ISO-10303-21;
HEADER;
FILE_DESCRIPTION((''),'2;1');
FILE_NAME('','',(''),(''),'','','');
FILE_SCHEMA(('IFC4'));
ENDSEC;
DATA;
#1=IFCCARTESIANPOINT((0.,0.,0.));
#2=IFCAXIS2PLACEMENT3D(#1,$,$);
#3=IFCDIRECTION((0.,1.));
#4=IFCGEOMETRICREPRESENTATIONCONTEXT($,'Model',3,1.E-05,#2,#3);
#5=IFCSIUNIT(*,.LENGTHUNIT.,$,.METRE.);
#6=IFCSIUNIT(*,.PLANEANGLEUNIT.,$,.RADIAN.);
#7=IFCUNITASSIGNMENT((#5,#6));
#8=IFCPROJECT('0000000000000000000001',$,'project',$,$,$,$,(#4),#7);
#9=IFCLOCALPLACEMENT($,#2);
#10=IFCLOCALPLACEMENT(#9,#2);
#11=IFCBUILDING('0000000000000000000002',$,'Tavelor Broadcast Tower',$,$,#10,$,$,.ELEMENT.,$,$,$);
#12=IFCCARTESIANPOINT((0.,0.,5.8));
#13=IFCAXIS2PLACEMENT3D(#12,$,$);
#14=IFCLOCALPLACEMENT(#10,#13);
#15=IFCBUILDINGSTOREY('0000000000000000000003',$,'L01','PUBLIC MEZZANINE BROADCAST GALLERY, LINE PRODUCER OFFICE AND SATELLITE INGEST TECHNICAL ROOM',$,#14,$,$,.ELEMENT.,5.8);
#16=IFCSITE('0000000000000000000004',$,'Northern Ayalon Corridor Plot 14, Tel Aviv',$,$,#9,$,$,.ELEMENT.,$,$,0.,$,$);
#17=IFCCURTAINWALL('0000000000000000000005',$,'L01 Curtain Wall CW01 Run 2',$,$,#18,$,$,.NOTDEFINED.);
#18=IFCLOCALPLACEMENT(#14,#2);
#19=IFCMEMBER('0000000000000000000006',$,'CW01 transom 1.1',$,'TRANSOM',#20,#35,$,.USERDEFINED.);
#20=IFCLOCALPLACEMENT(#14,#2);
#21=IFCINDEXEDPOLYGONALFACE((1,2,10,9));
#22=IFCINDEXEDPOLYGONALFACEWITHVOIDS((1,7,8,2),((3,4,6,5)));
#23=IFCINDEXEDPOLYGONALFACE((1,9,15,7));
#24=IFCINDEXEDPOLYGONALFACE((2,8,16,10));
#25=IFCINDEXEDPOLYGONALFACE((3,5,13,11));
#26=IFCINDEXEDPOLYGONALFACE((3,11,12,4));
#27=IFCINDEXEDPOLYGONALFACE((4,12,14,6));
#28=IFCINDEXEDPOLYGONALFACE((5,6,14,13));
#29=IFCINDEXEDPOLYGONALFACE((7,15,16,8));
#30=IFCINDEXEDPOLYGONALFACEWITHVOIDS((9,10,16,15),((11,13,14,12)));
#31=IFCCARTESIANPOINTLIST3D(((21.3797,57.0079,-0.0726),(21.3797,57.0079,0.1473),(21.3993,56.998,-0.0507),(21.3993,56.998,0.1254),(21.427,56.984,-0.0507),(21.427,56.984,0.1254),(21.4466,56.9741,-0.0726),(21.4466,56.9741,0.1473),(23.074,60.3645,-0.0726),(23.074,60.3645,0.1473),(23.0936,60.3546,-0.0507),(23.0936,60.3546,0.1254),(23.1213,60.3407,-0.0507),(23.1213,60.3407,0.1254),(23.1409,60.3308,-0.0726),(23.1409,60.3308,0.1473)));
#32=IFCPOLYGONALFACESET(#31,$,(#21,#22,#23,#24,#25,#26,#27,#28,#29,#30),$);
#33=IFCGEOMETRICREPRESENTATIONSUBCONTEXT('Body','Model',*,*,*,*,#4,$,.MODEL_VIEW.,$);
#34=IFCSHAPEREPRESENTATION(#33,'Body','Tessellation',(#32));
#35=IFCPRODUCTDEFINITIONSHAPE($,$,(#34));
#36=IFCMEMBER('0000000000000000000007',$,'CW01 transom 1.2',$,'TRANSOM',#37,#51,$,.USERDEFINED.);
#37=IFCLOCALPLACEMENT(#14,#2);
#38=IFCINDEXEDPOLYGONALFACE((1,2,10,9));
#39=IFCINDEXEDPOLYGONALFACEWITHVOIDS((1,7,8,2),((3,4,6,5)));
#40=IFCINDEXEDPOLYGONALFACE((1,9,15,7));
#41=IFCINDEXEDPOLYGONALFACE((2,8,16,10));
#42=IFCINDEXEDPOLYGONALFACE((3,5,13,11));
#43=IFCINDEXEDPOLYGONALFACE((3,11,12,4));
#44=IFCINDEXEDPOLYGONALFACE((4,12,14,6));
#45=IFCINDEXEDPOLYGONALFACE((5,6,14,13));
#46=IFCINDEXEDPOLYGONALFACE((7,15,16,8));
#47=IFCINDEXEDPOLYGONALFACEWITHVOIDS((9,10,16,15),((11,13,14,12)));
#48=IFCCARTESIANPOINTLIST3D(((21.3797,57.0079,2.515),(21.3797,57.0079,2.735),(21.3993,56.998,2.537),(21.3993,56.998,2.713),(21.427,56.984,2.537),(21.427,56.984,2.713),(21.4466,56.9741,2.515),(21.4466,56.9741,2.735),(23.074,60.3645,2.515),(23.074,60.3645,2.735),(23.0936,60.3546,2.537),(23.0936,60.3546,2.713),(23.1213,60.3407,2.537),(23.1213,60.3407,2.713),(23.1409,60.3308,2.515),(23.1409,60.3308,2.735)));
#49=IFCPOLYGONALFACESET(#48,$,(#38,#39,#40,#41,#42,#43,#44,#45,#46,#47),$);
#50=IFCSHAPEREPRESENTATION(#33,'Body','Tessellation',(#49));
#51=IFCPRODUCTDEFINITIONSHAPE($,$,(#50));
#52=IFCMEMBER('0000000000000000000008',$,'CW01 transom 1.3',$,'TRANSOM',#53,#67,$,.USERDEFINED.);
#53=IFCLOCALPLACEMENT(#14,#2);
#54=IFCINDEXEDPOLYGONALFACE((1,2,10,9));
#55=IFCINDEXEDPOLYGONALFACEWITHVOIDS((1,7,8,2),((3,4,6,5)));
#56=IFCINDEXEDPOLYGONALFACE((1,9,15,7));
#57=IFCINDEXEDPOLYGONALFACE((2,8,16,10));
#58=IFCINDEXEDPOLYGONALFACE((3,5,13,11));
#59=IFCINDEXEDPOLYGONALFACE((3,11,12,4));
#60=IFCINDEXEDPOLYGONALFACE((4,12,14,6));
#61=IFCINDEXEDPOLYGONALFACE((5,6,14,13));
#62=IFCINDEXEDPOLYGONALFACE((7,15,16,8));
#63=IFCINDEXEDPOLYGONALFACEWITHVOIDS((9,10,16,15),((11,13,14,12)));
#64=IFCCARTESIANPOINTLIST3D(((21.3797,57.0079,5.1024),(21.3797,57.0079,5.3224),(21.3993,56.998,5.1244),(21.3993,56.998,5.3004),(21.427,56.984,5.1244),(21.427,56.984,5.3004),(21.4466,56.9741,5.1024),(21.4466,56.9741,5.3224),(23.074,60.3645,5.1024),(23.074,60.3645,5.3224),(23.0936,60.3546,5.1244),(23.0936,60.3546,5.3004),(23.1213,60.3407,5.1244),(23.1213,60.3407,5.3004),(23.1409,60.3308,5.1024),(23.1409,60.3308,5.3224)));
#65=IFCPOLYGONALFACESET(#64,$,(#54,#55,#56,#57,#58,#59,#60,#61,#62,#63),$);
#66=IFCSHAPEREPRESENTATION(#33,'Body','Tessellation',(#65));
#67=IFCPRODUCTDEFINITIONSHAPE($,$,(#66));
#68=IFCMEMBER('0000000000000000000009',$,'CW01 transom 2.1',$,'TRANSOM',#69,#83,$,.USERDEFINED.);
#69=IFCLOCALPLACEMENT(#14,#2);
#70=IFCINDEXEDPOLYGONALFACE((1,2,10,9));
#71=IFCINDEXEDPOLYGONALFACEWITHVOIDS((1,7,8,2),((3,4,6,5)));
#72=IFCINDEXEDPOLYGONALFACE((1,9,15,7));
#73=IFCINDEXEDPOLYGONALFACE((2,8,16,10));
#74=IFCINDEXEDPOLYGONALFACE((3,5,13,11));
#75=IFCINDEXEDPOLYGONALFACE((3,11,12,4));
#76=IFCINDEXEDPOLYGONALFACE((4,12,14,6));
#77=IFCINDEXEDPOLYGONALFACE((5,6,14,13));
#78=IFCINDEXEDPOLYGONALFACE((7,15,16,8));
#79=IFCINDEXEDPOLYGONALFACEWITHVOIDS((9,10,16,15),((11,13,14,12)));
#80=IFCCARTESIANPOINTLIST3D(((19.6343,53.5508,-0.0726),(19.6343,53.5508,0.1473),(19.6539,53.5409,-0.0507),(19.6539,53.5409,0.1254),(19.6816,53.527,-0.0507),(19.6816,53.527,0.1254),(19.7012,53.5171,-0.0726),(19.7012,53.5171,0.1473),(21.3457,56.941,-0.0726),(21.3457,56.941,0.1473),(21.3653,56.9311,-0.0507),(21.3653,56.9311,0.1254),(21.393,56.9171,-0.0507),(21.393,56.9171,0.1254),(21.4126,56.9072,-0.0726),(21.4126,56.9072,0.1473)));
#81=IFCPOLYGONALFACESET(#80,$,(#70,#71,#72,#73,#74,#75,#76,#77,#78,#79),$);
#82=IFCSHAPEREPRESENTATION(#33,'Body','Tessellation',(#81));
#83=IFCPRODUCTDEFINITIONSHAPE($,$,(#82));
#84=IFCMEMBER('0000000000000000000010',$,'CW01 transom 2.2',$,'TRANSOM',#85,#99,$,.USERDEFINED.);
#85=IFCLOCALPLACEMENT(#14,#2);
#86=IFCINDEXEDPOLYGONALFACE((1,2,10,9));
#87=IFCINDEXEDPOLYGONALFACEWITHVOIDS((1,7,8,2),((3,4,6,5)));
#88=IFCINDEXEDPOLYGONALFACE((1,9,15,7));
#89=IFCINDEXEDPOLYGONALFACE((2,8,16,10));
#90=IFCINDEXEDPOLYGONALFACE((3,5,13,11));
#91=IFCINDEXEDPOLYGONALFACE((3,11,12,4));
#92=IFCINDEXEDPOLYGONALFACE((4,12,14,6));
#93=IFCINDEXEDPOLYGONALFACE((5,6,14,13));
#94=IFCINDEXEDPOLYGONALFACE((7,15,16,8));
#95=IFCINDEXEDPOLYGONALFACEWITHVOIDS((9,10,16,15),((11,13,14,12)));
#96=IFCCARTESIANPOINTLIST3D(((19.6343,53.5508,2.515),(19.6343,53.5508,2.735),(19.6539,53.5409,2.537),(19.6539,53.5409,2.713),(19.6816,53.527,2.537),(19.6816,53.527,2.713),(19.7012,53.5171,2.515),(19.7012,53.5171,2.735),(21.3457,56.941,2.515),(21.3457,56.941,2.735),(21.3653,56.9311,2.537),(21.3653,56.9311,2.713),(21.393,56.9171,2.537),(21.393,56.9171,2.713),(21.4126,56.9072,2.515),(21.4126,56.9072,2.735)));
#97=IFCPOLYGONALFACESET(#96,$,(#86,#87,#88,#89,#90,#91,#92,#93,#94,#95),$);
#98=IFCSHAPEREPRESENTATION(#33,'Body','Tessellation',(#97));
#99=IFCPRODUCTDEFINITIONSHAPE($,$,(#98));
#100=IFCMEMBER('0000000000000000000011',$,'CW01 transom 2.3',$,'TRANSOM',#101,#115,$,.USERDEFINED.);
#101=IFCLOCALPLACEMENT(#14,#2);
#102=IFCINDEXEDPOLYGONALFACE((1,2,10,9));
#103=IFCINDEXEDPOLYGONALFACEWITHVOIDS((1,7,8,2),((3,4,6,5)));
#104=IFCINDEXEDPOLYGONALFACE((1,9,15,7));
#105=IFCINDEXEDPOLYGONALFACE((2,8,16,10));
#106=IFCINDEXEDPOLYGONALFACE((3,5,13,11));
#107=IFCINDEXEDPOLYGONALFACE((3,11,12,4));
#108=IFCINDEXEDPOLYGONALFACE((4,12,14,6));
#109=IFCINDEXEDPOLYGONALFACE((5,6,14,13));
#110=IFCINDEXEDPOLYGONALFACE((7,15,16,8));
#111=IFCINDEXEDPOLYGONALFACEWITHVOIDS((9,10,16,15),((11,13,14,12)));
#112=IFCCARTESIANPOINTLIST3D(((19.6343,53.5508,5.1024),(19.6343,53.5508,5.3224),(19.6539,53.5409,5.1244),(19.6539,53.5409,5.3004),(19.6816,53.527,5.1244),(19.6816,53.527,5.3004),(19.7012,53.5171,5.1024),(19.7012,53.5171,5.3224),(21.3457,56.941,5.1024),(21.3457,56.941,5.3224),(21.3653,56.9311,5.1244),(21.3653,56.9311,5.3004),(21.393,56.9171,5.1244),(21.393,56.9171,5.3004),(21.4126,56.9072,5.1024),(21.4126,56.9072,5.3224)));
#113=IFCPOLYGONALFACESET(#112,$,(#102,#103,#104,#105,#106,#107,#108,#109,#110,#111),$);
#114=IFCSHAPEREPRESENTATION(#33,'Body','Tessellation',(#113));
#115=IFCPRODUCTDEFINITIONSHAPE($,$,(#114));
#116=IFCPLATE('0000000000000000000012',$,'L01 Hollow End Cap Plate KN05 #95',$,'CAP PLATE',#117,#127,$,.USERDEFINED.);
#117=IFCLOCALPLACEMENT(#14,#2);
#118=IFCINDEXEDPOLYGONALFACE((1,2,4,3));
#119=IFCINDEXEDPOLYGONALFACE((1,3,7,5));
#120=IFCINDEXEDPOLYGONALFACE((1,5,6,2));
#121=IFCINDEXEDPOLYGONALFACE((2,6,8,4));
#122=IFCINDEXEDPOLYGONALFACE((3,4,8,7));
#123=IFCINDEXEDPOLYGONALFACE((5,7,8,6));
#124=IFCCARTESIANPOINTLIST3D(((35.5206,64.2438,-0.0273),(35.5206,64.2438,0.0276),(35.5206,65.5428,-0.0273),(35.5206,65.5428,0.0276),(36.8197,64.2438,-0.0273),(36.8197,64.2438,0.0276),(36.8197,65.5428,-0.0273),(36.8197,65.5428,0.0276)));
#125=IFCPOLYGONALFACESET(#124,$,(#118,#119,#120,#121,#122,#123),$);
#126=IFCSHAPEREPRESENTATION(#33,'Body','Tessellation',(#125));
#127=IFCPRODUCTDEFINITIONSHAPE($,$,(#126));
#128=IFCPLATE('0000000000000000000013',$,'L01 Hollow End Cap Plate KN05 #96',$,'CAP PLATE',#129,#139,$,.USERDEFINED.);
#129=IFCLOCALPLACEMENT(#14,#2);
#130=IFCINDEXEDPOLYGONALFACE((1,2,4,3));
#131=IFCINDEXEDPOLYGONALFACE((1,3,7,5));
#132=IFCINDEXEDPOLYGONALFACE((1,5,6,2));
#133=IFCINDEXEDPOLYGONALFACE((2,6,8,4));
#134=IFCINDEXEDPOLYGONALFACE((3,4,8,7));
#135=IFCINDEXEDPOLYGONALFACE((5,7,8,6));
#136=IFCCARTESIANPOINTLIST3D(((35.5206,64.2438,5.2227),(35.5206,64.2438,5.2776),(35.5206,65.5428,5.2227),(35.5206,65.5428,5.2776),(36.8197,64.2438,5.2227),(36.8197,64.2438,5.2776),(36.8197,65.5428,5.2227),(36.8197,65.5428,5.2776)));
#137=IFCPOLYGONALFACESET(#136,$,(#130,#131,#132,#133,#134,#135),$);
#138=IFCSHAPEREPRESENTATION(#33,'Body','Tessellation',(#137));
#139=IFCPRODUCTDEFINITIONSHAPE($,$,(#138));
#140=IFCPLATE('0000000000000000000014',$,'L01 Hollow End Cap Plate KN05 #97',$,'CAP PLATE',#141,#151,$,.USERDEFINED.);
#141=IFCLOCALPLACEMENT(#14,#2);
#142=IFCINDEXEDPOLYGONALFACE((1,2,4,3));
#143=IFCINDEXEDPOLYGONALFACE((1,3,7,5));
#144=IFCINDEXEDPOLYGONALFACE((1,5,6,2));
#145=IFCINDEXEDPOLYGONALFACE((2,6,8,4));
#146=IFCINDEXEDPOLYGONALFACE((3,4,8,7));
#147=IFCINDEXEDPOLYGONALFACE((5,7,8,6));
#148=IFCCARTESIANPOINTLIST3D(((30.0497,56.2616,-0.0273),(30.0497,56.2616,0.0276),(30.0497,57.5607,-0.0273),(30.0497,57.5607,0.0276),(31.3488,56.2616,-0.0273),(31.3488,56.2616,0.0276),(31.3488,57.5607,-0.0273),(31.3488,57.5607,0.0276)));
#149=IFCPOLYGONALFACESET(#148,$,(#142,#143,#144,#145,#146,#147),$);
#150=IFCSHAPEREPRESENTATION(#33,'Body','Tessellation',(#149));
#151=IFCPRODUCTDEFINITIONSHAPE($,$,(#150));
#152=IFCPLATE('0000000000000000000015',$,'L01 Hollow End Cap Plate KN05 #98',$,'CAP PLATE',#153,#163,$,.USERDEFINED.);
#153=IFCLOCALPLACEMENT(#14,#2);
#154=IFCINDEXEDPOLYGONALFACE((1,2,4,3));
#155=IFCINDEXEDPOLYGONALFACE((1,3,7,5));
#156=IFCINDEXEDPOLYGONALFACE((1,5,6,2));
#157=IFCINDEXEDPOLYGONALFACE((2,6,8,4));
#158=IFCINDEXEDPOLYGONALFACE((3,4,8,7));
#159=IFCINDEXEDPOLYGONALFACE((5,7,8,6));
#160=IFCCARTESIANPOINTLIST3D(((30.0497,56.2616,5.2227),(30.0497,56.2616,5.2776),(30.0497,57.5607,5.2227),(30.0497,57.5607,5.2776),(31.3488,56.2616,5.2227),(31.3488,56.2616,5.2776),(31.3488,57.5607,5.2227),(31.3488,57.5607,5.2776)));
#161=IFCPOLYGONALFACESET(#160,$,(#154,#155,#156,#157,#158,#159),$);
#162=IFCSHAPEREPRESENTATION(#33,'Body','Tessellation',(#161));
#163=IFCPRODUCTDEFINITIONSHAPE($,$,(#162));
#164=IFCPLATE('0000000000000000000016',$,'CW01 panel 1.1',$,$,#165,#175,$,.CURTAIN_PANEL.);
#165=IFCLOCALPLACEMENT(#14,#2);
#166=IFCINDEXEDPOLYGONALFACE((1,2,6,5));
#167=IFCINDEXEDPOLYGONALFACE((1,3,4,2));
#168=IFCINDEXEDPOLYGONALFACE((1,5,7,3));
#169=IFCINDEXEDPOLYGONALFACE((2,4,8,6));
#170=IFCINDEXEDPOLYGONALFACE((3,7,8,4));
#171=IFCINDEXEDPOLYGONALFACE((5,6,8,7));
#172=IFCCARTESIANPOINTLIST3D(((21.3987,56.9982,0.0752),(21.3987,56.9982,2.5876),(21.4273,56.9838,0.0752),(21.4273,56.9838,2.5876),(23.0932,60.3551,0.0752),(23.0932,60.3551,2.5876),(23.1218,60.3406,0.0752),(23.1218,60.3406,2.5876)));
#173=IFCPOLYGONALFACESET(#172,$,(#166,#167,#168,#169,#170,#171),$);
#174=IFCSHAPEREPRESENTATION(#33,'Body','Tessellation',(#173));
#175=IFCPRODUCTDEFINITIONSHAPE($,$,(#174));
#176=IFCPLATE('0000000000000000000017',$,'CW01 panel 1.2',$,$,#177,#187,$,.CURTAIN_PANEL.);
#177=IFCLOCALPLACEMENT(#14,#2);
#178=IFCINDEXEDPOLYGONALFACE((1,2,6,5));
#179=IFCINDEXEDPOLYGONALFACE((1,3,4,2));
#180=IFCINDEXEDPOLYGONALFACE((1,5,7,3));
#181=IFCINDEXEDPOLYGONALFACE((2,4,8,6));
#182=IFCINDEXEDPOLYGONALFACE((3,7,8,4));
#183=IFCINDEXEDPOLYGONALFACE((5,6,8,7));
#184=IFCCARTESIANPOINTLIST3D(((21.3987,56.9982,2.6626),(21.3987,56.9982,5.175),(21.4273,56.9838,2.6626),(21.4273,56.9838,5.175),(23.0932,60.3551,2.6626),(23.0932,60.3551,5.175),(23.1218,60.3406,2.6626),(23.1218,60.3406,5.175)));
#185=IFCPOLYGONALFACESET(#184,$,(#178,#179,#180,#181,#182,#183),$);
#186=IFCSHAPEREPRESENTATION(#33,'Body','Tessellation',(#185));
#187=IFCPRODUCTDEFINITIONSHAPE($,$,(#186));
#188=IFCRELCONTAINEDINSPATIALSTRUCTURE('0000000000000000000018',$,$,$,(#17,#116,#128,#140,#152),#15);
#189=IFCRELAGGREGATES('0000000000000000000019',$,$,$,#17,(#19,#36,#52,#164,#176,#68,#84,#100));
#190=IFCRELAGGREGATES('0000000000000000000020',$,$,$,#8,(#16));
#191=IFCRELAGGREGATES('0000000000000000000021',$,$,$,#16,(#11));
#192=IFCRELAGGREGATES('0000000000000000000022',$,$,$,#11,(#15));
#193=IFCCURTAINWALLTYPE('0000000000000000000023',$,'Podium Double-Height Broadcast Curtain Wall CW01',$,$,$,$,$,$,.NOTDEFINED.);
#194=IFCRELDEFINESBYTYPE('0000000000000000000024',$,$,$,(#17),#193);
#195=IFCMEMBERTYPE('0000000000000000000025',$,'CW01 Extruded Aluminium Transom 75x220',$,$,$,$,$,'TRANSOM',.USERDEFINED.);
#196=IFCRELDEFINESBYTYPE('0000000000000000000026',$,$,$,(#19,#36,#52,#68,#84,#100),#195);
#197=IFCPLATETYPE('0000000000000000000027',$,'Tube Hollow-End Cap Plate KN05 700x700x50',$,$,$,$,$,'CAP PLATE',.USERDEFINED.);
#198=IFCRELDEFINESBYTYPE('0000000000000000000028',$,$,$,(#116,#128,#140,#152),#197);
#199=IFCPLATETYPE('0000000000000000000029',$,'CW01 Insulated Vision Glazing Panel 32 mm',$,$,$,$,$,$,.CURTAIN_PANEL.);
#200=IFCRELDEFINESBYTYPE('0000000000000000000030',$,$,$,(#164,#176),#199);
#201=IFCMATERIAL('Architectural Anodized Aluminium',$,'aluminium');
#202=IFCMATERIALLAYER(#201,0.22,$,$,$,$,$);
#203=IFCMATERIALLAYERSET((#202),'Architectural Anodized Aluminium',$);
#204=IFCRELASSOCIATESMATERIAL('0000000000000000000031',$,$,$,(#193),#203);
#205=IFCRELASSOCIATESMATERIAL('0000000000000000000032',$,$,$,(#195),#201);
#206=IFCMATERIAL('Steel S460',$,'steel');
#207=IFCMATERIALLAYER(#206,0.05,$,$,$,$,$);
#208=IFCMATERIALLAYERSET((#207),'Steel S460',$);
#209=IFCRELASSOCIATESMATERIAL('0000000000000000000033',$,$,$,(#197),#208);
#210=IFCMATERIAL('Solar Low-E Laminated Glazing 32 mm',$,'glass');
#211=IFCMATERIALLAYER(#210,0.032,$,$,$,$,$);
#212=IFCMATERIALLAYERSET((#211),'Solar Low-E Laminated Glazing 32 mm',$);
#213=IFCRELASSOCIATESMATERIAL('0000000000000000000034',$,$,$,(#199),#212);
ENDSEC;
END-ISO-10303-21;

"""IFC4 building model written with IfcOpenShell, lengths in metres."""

from ifc_helpers import new_model, si_unit, direction, frame, origin, origin_2d, place, context, subcontext, project, spatial, rectangle, hollow_rectangle, extrude, source, transform, mapped, material, layer, layer_set, material_profile, profile_set, type_object, type_shapes, element, aggregate, save


model = new_model("IFC4")

# Units and contexts
model_context = context("Model", 3, precision=1e-05, world=origin(), true_north=direction((0.0, 1.0)))
body_context = subcontext(model_context, "Body", "Model", "MODEL_VIEW")
ifc_project = project(units=[si_unit("LENGTHUNIT", "METRE"), si_unit("PLANEANGLEUNIT", "RADIAN")], contexts=[model_context])

# Site, building, storey
site_placement = place(None, origin())
site = spatial("IfcSite", under=ifc_project, at=site_placement, Name="Northern Ayalon Corridor Plot 14, Tel Aviv", CompositionType="ELEMENT", RefElevation=0.0)
building_placement = place(site_placement, origin())
building = spatial("IfcBuilding", under=site, at=building_placement, Name="Tavelor Broadcast Tower", CompositionType="ELEMENT")
storey_placement = place(building_placement, frame((0.0, 0.0, 5.8)))
storey = spatial("IfcBuildingStorey", under=building, at=storey_placement, Name="L01", Description="PUBLIC MEZZANINE BROADCAST GALLERY, LINE PRODUCER OFFICE AND SATELLITE INGEST TECHNICAL ROOM", CompositionType="ELEMENT", Elevation=5.8)

# Shared definitions
ifc_material_1 = material(Name="Steel S460", Category="steel")

# Curtain wall, members
ifc_material_2 = material(Name="Architectural Anodized Aluminium", Category="aluminium")
ifc_layer_1 = layer(ifc_material_2, 0.22)
ifc_layer_set_1 = layer_set([ifc_layer_1], Name="Architectural Anodized Aluminium")
curtain_wall_type = type_object("IfcCurtainWallType", Name="Podium Double-Height Broadcast Curtain Wall CW01", PredefinedType="NOTDEFINED", material=ifc_layer_set_1)
curtain_wall_placement = place(storey_placement, origin())
curtain_wall = element("IfcCurtainWall", 1, at=curtain_wall_placement, inside=storey, type_object=curtain_wall_type, Name="L01 Curtain Wall CW01 Run 2", PredefinedType="NOTDEFINED")
ifc_material_profile_1 = material_profile(ifc_material_2, hollow_rectangle(XDim=0.075, YDim=0.22, WallThickness=0.022, at=origin_2d()), Name="RHS 75x220x22")
ifc_profile_set_1 = profile_set([ifc_material_profile_1], Name="Architectural Anodized Aluminium")
member_type_1 = type_object("IfcMemberType", Name="CW01 Extruded Aluminium Transom 75x220", ElementType="TRANSOM", PredefinedType="USERDEFINED", material=ifc_profile_set_1)
shared_shape_1 = source(origin(), body_context, "Body", "SweptSolid", [
    extrude(hollow_rectangle(XDim=0.075, YDim=0.22, WallThickness=0.022, at=origin_2d()), origin(), (0.0, 0.0, 1.0), 3.76),
])
member_1_placement = place(storey_placement, frame((23.1074, 60.3477, 0.0374), z_axis=(-0.450613, -0.89272, 0.0), x_axis=(0.89272, -0.450613, 0.0)))
member_1 = element("IfcMember", 2, at=member_1_placement, type_object=member_type_1, Name="CW01 transom 1.1", ObjectType="TRANSOM", PredefinedType="USERDEFINED", context=body_context, shape_type="MappedRepresentation", body=[
    mapped(shared_shape_1, transform((0.0, 0.0, 0.0), scale=1.0)),
])
member_2_placement = place(storey_placement, frame((23.1074, 60.3477, 2.625), z_axis=(-0.450613, -0.89272, 0.0), x_axis=(0.89272, -0.450613, 0.0)))
member_2 = element("IfcMember", 3, at=member_2_placement, type_object=member_type_1, Name="CW01 transom 1.2", ObjectType="TRANSOM", PredefinedType="USERDEFINED", context=body_context, shape_type="MappedRepresentation", body=[
    mapped(shared_shape_1, transform((0.0, 0.0, 0.0), scale=1.0)),
])
member_3_placement = place(storey_placement, frame((23.1074, 60.3477, 5.2124), z_axis=(-0.450613, -0.89272, 0.0), x_axis=(0.89272, -0.450613, 0.0)))
member_3 = element("IfcMember", 4, at=member_3_placement, type_object=member_type_1, Name="CW01 transom 1.3", ObjectType="TRANSOM", PredefinedType="USERDEFINED", context=body_context, shape_type="MappedRepresentation", body=[
    mapped(shared_shape_1, transform((0.0, 0.0, 0.0), scale=1.0)),
])
shared_shape_2 = source(origin(), body_context, "Body", "SweptSolid", [
    extrude(hollow_rectangle(XDim=0.075, YDim=0.22, WallThickness=0.022, at=origin_2d()), origin(), (0.0, 0.0, 1.0), 3.7976),
])
type_shapes(member_type_1, [shared_shape_1, shared_shape_2])
member_4_placement = place(storey_placement, frame((21.3792, 56.9241, 0.0374), z_axis=(-0.450656, -0.892698, 0.0), x_axis=(0.892698, -0.450656, 0.0)))
member_4 = element("IfcMember", 5, at=member_4_placement, type_object=member_type_1, Name="CW01 transom 2.1", ObjectType="TRANSOM", PredefinedType="USERDEFINED", context=body_context, shape_type="MappedRepresentation", body=[
    mapped(shared_shape_2, transform((0.0, 0.0, 0.0), scale=1.0)),
])
member_5_placement = place(storey_placement, frame((21.3792, 56.9241, 2.625), z_axis=(-0.450656, -0.892698, 0.0), x_axis=(0.892698, -0.450656, 0.0)))
member_5 = element("IfcMember", 6, at=member_5_placement, type_object=member_type_1, Name="CW01 transom 2.2", ObjectType="TRANSOM", PredefinedType="USERDEFINED", context=body_context, shape_type="MappedRepresentation", body=[
    mapped(shared_shape_2, transform((0.0, 0.0, 0.0), scale=1.0)),
])
member_6_placement = place(storey_placement, frame((21.3792, 56.9241, 5.2124), z_axis=(-0.450656, -0.892698, 0.0), x_axis=(0.892698, -0.450656, 0.0)))
member_6 = element("IfcMember", 7, at=member_6_placement, type_object=member_type_1, Name="CW01 transom 2.3", ObjectType="TRANSOM", PredefinedType="USERDEFINED", context=body_context, shape_type="MappedRepresentation", body=[
    mapped(shared_shape_2, transform((0.0, 0.0, 0.0), scale=1.0)),
])

# Plates
ifc_layer_2 = layer(ifc_material_1, 0.05)
ifc_layer_set_2 = layer_set([ifc_layer_2], Name="Steel S460")
plate_type_1 = type_object("IfcPlateType", Name="Tube Hollow-End Cap Plate KN05 700x700x50", ElementType="CAP PLATE", PredefinedType="USERDEFINED", material=ifc_layer_set_2)
shared_shape_3 = source(origin(), body_context, "Body", "SweptSolid", [
    extrude(rectangle(XDim=1.2991, YDim=1.2991, at=origin_2d()), origin(), (0.0, 0.0, 1.0), 0.0549),
])
type_shapes(plate_type_1, [shared_shape_3])
for number, where, z_axis, x_axis, name in (
    (8, (36.1702, 64.8933, -0.0273), (0.0, 0.0, 1.0), (1.0, 0.0, 0.0), "L01 Hollow End Cap Plate KN05 #95"),
    (9, (36.1702, 64.8933, 5.2227), (0.0, 0.0, 1.0), (1.0, 0.0, 0.0), "L01 Hollow End Cap Plate KN05 #96"),
    (10, (30.6992, 56.9111, -0.0273), (0.0, 0.0, 1.0), (1.0, 0.0, 0.0), "L01 Hollow End Cap Plate KN05 #97"),
    (11, (30.6992, 56.9111, 5.2227), (0.0, 0.0, 1.0), (1.0, 0.0, 0.0), "L01 Hollow End Cap Plate KN05 #98"),
):
    element("IfcPlate", number, at=place(storey_placement, frame(where, z_axis=z_axis, x_axis=x_axis)), inside=storey, type_object=plate_type_1, Name=name, ObjectType="CAP PLATE", PredefinedType="USERDEFINED", context=body_context, shape_type="MappedRepresentation", body=[
        mapped(shared_shape_3, transform((0.0, 0.0, 0.0), scale=1.0)),
    ])

# Plates
ifc_material_3 = material(Name="Solar Low-E Laminated Glazing 32 mm", Category="glass")
ifc_layer_3 = layer(ifc_material_3, 0.032)
ifc_layer_set_3 = layer_set([ifc_layer_3], Name="Solar Low-E Laminated Glazing 32 mm")
plate_type_2 = type_object("IfcPlateType", Name="CW01 Insulated Vision Glazing Panel 32 mm", PredefinedType="CURTAIN_PANEL", material=ifc_layer_set_3)
shared_shape_4 = source(origin(), body_context, "Body", "SweptSolid", [
    extrude(rectangle(XDim=3.7603, YDim=0.032, at=origin_2d()), origin(), (0.0, 0.0, 1.0), 2.5125),
])
type_shapes(plate_type_2, [shared_shape_4])
plate_1_placement = place(storey_placement, frame((22.2603, 58.6694, 0.0752), z_axis=(0.0, 0.0, 1.0), x_axis=(-0.450629, -0.892711, 0.0)))
plate_1 = element("IfcPlate", 12, at=plate_1_placement, type_object=plate_type_2, Name="CW01 panel 1.1", PredefinedType="CURTAIN_PANEL", context=body_context, shape_type="MappedRepresentation", body=[
    mapped(shared_shape_4, transform((0.0, 0.0, 0.0), scale=1.0)),
])
plate_2_placement = place(storey_placement, frame((22.2603, 58.6694, 2.6626), z_axis=(0.0, 0.0, 1.0), x_axis=(-0.450629, -0.892711, 0.0)))
plate_2 = element("IfcPlate", 13, at=plate_2_placement, type_object=plate_type_2, Name="CW01 panel 1.2", PredefinedType="CURTAIN_PANEL", context=body_context, shape_type="MappedRepresentation", body=[
    mapped(shared_shape_4, transform((0.0, 0.0, 0.0), scale=1.0)),
])
aggregate(curtain_wall, [member_1, member_2, member_3, plate_1, plate_2, member_4, member_5, member_6])

save(model, "model.ifc")
